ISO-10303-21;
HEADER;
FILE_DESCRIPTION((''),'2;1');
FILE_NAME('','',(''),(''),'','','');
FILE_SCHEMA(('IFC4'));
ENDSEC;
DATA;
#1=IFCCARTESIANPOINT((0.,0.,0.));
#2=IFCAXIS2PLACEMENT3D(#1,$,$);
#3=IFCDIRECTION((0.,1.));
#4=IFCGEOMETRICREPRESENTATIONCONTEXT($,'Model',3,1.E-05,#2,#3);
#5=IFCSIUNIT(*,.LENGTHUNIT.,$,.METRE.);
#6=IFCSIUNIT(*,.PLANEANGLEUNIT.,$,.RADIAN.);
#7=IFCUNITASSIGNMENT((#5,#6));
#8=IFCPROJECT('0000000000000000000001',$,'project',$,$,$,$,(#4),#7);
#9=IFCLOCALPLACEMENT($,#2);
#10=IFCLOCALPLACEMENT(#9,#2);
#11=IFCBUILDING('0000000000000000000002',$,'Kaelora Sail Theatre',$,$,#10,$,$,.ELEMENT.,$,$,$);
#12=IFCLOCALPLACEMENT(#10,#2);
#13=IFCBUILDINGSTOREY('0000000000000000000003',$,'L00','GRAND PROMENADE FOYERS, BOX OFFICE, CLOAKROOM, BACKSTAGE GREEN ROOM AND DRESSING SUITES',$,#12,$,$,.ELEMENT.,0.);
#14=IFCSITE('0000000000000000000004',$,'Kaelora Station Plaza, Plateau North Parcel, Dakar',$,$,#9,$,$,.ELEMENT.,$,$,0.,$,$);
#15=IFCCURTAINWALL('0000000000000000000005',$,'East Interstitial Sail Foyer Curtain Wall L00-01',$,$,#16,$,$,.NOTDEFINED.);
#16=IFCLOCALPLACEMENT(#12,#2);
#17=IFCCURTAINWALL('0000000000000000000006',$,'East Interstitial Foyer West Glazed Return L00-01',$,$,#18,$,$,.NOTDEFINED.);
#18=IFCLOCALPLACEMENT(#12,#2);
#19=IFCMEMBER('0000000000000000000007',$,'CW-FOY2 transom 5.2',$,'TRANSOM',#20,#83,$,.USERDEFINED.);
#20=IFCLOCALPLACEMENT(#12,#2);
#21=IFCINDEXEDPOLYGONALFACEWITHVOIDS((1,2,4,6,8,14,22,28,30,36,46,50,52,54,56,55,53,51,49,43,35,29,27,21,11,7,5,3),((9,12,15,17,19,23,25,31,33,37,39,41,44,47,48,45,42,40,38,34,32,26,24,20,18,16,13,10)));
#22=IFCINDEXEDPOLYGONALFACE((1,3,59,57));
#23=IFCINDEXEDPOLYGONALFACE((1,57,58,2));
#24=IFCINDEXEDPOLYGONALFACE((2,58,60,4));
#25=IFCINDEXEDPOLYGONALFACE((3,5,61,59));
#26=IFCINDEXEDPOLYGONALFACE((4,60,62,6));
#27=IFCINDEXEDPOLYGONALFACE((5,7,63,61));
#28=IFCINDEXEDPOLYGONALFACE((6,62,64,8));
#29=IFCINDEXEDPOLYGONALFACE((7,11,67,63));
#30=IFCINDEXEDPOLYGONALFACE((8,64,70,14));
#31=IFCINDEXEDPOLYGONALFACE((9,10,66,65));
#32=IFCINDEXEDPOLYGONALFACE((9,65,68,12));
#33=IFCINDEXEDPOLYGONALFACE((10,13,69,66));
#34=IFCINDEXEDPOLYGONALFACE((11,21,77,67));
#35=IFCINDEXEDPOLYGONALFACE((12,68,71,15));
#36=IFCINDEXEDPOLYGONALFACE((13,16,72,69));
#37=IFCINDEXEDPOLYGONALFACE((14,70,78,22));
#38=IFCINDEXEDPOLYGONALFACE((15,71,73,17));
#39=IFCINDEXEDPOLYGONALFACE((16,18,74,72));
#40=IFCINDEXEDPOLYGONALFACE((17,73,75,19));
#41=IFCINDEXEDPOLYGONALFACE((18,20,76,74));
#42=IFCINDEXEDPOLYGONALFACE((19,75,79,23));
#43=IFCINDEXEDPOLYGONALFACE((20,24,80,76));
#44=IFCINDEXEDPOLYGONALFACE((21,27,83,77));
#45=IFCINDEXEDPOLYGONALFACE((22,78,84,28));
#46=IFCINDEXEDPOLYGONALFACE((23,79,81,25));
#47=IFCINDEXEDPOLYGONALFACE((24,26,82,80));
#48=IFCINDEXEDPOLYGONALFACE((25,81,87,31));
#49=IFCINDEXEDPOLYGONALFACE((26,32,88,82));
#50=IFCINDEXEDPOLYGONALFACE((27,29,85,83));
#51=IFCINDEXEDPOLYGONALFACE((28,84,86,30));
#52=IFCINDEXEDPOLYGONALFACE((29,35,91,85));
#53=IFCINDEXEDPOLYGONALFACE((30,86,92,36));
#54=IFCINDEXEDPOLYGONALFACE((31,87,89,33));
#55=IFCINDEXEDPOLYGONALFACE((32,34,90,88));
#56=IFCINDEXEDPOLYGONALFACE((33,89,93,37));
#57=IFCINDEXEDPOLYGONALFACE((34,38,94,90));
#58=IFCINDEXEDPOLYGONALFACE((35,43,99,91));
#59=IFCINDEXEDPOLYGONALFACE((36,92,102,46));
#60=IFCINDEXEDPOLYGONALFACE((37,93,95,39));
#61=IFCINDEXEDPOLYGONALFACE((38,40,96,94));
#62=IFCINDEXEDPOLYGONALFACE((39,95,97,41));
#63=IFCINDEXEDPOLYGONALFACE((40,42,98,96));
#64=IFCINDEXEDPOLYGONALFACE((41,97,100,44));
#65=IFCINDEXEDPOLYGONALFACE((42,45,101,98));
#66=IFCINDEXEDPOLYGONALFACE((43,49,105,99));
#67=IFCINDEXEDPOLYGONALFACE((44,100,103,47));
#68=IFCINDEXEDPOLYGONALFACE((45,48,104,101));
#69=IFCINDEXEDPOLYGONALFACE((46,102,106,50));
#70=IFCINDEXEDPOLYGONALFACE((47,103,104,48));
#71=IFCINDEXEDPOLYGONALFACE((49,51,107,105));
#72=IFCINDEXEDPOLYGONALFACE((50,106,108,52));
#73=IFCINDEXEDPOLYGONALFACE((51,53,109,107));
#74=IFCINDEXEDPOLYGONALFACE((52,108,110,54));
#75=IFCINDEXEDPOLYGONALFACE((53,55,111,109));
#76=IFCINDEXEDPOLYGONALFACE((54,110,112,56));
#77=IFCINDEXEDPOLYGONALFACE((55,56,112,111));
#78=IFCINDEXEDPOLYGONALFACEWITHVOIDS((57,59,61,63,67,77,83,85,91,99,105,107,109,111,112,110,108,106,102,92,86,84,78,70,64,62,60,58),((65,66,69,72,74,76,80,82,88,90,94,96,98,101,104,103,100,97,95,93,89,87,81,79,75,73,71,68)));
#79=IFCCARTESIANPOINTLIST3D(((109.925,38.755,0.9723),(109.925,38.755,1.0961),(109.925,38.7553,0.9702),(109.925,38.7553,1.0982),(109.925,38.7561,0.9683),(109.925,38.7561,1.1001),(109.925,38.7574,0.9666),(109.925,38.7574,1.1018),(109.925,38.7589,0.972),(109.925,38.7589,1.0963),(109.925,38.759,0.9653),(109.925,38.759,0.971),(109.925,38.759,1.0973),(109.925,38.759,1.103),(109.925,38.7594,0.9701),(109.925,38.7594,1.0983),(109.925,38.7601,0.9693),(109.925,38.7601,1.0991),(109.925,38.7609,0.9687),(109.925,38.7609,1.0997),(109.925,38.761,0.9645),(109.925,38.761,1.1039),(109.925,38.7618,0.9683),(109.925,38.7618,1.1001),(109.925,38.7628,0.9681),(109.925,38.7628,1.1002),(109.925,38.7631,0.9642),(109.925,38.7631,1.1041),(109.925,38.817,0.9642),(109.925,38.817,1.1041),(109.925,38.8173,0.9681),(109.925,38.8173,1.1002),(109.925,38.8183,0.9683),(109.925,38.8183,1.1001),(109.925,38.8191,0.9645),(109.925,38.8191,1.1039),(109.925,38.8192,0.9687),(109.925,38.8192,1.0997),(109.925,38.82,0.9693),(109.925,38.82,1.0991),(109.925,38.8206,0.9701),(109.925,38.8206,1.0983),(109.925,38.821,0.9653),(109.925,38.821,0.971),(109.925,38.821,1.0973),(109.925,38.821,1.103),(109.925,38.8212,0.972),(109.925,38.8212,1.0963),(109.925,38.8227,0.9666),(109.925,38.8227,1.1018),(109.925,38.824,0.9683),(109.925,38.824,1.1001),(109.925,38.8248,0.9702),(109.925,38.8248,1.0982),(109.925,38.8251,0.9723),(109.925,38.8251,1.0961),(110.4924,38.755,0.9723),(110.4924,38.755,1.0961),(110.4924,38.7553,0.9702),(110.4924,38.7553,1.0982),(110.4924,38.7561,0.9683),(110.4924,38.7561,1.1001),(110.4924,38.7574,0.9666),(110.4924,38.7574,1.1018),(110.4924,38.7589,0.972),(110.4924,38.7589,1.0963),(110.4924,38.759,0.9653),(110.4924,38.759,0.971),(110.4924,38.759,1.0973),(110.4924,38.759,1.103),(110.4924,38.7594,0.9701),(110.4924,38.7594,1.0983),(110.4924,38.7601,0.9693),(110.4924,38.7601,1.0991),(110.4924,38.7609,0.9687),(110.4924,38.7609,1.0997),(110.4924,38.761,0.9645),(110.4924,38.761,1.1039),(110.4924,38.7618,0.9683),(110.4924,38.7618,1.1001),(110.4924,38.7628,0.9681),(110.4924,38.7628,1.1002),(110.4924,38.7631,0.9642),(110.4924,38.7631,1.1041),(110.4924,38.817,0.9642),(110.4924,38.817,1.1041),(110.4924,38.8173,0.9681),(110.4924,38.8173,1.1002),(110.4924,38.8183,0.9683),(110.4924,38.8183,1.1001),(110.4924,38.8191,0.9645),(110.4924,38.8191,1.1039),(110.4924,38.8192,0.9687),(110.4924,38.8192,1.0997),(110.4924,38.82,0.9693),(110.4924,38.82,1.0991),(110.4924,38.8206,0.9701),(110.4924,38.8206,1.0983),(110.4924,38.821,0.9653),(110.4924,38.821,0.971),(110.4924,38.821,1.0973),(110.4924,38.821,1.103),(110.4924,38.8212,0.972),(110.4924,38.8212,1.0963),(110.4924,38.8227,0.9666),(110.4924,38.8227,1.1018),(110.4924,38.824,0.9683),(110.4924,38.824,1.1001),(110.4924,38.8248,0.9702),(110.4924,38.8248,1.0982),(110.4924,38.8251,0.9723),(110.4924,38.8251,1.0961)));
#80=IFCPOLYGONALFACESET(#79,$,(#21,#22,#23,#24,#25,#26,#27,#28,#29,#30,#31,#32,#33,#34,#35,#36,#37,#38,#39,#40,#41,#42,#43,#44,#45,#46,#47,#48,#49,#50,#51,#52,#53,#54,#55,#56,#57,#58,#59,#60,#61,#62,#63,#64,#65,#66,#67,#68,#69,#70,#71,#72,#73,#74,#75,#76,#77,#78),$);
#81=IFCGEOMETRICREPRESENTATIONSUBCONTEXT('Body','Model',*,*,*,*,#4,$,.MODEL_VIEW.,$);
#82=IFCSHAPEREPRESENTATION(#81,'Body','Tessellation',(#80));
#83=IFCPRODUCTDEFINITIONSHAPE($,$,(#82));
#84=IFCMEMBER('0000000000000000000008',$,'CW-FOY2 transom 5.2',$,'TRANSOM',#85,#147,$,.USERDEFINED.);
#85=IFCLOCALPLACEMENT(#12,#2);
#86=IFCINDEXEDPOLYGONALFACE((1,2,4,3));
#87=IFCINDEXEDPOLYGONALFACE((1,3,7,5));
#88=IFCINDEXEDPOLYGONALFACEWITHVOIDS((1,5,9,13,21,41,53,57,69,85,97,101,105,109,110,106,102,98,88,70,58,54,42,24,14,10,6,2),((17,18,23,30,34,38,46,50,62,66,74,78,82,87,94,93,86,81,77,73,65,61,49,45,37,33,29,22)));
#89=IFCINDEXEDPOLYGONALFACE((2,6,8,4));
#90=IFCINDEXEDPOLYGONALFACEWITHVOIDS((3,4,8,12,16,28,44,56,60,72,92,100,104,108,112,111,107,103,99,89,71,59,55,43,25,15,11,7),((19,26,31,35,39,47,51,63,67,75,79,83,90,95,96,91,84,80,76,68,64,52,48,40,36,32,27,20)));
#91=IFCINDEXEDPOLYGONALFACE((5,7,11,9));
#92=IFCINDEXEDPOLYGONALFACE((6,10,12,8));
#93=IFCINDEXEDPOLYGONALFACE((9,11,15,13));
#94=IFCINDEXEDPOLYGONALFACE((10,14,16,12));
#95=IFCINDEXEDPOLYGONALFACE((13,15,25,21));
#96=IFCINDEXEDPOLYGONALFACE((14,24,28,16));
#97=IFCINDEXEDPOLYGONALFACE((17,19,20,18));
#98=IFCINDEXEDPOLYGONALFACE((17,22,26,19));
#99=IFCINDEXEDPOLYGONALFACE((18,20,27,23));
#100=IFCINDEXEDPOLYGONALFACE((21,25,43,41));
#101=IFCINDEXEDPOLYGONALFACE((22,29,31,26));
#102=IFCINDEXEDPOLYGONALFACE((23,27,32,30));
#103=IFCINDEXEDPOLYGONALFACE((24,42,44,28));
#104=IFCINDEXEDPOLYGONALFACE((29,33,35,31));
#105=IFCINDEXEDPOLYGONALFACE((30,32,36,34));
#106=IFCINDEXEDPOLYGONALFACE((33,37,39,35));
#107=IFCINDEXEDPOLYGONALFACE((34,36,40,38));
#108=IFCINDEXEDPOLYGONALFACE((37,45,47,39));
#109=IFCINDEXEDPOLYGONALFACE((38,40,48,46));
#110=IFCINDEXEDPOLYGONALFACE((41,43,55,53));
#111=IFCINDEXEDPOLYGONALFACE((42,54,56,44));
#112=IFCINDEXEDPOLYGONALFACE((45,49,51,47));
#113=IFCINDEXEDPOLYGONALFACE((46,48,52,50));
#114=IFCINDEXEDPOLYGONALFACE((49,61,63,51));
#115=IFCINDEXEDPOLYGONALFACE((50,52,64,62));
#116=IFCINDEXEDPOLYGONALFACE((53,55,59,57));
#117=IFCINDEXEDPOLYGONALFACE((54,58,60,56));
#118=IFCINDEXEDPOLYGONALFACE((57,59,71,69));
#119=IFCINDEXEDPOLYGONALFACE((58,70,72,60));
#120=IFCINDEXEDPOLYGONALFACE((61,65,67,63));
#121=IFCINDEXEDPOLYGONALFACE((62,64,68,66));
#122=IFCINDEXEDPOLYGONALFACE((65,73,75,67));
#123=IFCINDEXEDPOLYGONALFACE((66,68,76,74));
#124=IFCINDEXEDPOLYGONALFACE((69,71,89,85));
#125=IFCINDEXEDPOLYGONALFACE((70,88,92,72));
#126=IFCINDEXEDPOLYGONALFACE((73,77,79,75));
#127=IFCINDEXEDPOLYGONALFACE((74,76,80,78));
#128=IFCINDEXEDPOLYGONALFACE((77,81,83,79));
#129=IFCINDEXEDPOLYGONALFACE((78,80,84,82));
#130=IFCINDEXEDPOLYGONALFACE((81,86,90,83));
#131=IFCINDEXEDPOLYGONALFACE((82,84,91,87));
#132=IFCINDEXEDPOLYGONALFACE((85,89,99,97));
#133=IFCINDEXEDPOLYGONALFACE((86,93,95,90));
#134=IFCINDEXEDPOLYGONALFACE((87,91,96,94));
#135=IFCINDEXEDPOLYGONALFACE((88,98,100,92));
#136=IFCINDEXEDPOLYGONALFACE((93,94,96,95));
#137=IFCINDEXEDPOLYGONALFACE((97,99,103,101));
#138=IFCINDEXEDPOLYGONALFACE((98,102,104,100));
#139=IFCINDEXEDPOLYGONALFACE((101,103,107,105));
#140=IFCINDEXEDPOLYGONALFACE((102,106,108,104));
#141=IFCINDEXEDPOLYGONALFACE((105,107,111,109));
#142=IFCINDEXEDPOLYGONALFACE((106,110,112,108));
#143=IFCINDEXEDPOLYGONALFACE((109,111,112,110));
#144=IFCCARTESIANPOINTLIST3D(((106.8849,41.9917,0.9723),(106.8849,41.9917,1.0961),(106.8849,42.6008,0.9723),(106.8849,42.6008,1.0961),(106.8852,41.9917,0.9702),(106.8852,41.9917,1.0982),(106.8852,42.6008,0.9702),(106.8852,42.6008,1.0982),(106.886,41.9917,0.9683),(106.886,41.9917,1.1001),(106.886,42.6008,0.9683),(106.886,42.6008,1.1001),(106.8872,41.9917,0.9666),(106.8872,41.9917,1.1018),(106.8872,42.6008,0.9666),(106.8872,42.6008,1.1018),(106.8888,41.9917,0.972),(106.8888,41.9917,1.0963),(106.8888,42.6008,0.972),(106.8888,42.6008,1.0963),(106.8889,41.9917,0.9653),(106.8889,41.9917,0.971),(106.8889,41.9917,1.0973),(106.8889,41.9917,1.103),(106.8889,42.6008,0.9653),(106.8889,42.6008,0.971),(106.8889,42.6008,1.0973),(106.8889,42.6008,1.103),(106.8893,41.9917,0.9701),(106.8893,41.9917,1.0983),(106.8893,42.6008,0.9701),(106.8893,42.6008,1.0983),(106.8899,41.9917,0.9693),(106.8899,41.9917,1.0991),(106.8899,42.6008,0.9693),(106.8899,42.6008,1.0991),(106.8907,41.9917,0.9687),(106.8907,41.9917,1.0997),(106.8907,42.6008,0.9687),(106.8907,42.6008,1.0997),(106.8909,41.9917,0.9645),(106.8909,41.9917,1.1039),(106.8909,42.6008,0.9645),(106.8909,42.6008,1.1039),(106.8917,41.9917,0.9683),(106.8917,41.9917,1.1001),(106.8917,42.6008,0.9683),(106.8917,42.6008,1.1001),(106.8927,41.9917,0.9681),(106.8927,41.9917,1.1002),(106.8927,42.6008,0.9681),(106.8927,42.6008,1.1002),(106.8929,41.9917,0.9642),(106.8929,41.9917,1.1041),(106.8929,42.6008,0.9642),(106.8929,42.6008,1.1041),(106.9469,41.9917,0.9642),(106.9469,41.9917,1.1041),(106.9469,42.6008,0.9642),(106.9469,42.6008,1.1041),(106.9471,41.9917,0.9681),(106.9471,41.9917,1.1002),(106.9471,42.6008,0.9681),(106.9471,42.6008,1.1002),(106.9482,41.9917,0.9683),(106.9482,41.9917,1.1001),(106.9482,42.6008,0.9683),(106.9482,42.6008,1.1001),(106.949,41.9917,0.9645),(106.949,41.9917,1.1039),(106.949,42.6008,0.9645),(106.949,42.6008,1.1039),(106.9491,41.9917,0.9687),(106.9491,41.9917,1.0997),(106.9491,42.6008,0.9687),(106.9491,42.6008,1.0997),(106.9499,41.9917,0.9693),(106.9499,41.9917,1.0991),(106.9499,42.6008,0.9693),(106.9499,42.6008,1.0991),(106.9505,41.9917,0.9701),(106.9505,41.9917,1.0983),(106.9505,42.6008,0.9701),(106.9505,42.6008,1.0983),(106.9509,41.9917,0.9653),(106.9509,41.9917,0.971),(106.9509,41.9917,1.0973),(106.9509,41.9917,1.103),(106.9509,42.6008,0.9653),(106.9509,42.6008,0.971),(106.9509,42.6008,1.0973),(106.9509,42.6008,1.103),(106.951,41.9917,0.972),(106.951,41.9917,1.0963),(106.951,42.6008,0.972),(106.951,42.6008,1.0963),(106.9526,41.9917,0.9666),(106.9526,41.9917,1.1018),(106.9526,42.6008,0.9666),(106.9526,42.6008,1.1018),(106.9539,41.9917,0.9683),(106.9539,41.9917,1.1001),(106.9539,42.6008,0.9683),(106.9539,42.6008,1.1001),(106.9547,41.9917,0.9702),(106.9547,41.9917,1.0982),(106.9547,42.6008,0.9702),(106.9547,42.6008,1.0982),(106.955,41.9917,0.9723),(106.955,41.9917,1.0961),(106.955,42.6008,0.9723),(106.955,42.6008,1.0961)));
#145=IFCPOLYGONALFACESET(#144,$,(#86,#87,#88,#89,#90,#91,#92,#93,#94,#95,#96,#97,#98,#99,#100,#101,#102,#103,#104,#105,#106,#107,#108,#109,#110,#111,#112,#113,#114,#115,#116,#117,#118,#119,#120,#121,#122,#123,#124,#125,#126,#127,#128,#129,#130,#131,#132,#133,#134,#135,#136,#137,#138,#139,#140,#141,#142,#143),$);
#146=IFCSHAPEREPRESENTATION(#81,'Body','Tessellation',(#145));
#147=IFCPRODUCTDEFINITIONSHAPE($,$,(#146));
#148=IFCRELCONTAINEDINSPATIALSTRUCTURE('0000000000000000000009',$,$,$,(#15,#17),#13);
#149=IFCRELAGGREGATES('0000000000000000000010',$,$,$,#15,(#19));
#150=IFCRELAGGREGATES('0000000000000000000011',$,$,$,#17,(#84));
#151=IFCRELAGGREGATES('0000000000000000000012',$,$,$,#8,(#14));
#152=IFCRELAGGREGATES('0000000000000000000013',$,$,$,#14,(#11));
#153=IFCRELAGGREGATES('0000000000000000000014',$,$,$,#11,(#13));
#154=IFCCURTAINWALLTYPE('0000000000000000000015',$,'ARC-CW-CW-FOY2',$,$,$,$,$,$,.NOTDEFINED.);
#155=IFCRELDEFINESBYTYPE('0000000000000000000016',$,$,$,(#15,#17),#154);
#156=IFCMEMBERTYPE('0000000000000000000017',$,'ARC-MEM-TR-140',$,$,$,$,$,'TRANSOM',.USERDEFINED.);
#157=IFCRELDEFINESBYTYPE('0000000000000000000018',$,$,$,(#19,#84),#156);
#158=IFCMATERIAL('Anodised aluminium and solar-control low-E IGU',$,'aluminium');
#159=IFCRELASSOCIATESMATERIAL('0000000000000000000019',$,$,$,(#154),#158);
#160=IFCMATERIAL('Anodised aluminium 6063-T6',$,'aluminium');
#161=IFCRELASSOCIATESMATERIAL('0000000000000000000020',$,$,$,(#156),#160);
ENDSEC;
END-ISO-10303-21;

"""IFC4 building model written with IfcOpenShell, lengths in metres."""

from ifc_helpers import new_model, si_unit, direction, frame, origin, origin_2d, place, context, subcontext, project, spatial, hollow_rectangle, extrude, material, material_profile, profile_set, type_object, element, aggregate, save


model = new_model("IFC4")

# Units and contexts
model_context = context("Model", 3, precision=1e-05, world=origin(), true_north=direction((0.0, 1.0)))
body_context = subcontext(model_context, "Body", "Model", "MODEL_VIEW")
ifc_project = project(units=[si_unit("LENGTHUNIT", "METRE"), si_unit("PLANEANGLEUNIT", "RADIAN")], contexts=[model_context])

# Site, building, storey
site_placement = place(None, origin())
site = spatial("IfcSite", under=ifc_project, at=site_placement, Name="Kaelora Station Plaza, Plateau North Parcel, Dakar", CompositionType="ELEMENT", RefElevation=0.0)
building_placement = place(site_placement, origin())
building = spatial("IfcBuilding", under=site, at=building_placement, Name="Kaelora Sail Theatre", CompositionType="ELEMENT")
storey_placement = place(building_placement, origin())
storey = spatial("IfcBuildingStorey", under=building, at=storey_placement, Name="L00", Description="GRAND PROMENADE FOYERS, BOX OFFICE, CLOAKROOM, BACKSTAGE GREEN ROOM AND DRESSING SUITES", CompositionType="ELEMENT", Elevation=0.0)

# Curtain wall
ifc_material_1 = material(Name="Anodised aluminium and solar-control low-E IGU", Category="aluminium")
curtain_wall_type = type_object("IfcCurtainWallType", Name="ARC-CW-CW-FOY2", PredefinedType="NOTDEFINED", material=ifc_material_1)
curtain_wall_1_placement = place(storey_placement, origin())
curtain_wall_1 = element("IfcCurtainWall", 1, at=curtain_wall_1_placement, inside=storey, type_object=curtain_wall_type, Name="East Interstitial Sail Foyer Curtain Wall L00-01", PredefinedType="NOTDEFINED")

# Curtain wall
curtain_wall_2_placement = place(storey_placement, origin())
curtain_wall_2 = element("IfcCurtainWall", 2, at=curtain_wall_2_placement, inside=storey, type_object=curtain_wall_type, Name="East Interstitial Foyer West Glazed Return L00-01", PredefinedType="NOTDEFINED")

# Members
ifc_material_2 = material(Name="Anodised aluminium 6063-T6", Category="aluminium")
ifc_material_profile_1 = material_profile(ifc_material_2, hollow_rectangle(XDim=0.0701, YDim=0.1399, WallThickness=0.0039, InnerFilletRadius=0.0039, OuterFilletRadius=0.0081, at=origin_2d()), Name="ALU-TRAN 70x140x4")
ifc_profile_set_1 = profile_set([ifc_material_profile_1], Name="Anodised aluminium 6063-T6")
member_type_1 = type_object("IfcMemberType", Name="ARC-MEM-TR-140", ElementType="TRANSOM", PredefinedType="USERDEFINED", material=ifc_profile_set_1)
member_1_placement = place(storey_placement, frame((109.925, 38.79, 1.0342), z_axis=(1.0, 0.0, 0.0), x_axis=(0.0, 1.0, 0.0)))
member_1 = element("IfcMember", 3, at=member_1_placement, type_object=member_type_1, Name="CW-FOY2 transom 5.2", ObjectType="TRANSOM", PredefinedType="USERDEFINED", context=body_context, shape_type="SweptSolid", body=[
    extrude(hollow_rectangle(XDim=0.0701, YDim=0.1399, WallThickness=0.0039, InnerFilletRadius=0.0039, OuterFilletRadius=0.0081, at=origin_2d()), origin(), (0.0, 0.0, 1.0), 0.5674),
])
member_2_placement = place(storey_placement, frame((106.9199, 41.9917, 1.0342), z_axis=(0.0, 1.0, 0.0), x_axis=(-1.0, 0.0, 0.0)))
member_2 = element("IfcMember", 4, at=member_2_placement, type_object=member_type_1, Name="CW-FOY2 transom 5.2", ObjectType="TRANSOM", PredefinedType="USERDEFINED", context=body_context, shape_type="SweptSolid", body=[
    extrude(hollow_rectangle(XDim=0.0701, YDim=0.1399, WallThickness=0.0039, InnerFilletRadius=0.0039, OuterFilletRadius=0.0081, at=origin_2d()), origin(), (0.0, 0.0, 1.0), 0.6091),
])

aggregate(curtain_wall_1, [member_1])
aggregate(curtain_wall_2, [member_2])

save(model, "model.ifc")
